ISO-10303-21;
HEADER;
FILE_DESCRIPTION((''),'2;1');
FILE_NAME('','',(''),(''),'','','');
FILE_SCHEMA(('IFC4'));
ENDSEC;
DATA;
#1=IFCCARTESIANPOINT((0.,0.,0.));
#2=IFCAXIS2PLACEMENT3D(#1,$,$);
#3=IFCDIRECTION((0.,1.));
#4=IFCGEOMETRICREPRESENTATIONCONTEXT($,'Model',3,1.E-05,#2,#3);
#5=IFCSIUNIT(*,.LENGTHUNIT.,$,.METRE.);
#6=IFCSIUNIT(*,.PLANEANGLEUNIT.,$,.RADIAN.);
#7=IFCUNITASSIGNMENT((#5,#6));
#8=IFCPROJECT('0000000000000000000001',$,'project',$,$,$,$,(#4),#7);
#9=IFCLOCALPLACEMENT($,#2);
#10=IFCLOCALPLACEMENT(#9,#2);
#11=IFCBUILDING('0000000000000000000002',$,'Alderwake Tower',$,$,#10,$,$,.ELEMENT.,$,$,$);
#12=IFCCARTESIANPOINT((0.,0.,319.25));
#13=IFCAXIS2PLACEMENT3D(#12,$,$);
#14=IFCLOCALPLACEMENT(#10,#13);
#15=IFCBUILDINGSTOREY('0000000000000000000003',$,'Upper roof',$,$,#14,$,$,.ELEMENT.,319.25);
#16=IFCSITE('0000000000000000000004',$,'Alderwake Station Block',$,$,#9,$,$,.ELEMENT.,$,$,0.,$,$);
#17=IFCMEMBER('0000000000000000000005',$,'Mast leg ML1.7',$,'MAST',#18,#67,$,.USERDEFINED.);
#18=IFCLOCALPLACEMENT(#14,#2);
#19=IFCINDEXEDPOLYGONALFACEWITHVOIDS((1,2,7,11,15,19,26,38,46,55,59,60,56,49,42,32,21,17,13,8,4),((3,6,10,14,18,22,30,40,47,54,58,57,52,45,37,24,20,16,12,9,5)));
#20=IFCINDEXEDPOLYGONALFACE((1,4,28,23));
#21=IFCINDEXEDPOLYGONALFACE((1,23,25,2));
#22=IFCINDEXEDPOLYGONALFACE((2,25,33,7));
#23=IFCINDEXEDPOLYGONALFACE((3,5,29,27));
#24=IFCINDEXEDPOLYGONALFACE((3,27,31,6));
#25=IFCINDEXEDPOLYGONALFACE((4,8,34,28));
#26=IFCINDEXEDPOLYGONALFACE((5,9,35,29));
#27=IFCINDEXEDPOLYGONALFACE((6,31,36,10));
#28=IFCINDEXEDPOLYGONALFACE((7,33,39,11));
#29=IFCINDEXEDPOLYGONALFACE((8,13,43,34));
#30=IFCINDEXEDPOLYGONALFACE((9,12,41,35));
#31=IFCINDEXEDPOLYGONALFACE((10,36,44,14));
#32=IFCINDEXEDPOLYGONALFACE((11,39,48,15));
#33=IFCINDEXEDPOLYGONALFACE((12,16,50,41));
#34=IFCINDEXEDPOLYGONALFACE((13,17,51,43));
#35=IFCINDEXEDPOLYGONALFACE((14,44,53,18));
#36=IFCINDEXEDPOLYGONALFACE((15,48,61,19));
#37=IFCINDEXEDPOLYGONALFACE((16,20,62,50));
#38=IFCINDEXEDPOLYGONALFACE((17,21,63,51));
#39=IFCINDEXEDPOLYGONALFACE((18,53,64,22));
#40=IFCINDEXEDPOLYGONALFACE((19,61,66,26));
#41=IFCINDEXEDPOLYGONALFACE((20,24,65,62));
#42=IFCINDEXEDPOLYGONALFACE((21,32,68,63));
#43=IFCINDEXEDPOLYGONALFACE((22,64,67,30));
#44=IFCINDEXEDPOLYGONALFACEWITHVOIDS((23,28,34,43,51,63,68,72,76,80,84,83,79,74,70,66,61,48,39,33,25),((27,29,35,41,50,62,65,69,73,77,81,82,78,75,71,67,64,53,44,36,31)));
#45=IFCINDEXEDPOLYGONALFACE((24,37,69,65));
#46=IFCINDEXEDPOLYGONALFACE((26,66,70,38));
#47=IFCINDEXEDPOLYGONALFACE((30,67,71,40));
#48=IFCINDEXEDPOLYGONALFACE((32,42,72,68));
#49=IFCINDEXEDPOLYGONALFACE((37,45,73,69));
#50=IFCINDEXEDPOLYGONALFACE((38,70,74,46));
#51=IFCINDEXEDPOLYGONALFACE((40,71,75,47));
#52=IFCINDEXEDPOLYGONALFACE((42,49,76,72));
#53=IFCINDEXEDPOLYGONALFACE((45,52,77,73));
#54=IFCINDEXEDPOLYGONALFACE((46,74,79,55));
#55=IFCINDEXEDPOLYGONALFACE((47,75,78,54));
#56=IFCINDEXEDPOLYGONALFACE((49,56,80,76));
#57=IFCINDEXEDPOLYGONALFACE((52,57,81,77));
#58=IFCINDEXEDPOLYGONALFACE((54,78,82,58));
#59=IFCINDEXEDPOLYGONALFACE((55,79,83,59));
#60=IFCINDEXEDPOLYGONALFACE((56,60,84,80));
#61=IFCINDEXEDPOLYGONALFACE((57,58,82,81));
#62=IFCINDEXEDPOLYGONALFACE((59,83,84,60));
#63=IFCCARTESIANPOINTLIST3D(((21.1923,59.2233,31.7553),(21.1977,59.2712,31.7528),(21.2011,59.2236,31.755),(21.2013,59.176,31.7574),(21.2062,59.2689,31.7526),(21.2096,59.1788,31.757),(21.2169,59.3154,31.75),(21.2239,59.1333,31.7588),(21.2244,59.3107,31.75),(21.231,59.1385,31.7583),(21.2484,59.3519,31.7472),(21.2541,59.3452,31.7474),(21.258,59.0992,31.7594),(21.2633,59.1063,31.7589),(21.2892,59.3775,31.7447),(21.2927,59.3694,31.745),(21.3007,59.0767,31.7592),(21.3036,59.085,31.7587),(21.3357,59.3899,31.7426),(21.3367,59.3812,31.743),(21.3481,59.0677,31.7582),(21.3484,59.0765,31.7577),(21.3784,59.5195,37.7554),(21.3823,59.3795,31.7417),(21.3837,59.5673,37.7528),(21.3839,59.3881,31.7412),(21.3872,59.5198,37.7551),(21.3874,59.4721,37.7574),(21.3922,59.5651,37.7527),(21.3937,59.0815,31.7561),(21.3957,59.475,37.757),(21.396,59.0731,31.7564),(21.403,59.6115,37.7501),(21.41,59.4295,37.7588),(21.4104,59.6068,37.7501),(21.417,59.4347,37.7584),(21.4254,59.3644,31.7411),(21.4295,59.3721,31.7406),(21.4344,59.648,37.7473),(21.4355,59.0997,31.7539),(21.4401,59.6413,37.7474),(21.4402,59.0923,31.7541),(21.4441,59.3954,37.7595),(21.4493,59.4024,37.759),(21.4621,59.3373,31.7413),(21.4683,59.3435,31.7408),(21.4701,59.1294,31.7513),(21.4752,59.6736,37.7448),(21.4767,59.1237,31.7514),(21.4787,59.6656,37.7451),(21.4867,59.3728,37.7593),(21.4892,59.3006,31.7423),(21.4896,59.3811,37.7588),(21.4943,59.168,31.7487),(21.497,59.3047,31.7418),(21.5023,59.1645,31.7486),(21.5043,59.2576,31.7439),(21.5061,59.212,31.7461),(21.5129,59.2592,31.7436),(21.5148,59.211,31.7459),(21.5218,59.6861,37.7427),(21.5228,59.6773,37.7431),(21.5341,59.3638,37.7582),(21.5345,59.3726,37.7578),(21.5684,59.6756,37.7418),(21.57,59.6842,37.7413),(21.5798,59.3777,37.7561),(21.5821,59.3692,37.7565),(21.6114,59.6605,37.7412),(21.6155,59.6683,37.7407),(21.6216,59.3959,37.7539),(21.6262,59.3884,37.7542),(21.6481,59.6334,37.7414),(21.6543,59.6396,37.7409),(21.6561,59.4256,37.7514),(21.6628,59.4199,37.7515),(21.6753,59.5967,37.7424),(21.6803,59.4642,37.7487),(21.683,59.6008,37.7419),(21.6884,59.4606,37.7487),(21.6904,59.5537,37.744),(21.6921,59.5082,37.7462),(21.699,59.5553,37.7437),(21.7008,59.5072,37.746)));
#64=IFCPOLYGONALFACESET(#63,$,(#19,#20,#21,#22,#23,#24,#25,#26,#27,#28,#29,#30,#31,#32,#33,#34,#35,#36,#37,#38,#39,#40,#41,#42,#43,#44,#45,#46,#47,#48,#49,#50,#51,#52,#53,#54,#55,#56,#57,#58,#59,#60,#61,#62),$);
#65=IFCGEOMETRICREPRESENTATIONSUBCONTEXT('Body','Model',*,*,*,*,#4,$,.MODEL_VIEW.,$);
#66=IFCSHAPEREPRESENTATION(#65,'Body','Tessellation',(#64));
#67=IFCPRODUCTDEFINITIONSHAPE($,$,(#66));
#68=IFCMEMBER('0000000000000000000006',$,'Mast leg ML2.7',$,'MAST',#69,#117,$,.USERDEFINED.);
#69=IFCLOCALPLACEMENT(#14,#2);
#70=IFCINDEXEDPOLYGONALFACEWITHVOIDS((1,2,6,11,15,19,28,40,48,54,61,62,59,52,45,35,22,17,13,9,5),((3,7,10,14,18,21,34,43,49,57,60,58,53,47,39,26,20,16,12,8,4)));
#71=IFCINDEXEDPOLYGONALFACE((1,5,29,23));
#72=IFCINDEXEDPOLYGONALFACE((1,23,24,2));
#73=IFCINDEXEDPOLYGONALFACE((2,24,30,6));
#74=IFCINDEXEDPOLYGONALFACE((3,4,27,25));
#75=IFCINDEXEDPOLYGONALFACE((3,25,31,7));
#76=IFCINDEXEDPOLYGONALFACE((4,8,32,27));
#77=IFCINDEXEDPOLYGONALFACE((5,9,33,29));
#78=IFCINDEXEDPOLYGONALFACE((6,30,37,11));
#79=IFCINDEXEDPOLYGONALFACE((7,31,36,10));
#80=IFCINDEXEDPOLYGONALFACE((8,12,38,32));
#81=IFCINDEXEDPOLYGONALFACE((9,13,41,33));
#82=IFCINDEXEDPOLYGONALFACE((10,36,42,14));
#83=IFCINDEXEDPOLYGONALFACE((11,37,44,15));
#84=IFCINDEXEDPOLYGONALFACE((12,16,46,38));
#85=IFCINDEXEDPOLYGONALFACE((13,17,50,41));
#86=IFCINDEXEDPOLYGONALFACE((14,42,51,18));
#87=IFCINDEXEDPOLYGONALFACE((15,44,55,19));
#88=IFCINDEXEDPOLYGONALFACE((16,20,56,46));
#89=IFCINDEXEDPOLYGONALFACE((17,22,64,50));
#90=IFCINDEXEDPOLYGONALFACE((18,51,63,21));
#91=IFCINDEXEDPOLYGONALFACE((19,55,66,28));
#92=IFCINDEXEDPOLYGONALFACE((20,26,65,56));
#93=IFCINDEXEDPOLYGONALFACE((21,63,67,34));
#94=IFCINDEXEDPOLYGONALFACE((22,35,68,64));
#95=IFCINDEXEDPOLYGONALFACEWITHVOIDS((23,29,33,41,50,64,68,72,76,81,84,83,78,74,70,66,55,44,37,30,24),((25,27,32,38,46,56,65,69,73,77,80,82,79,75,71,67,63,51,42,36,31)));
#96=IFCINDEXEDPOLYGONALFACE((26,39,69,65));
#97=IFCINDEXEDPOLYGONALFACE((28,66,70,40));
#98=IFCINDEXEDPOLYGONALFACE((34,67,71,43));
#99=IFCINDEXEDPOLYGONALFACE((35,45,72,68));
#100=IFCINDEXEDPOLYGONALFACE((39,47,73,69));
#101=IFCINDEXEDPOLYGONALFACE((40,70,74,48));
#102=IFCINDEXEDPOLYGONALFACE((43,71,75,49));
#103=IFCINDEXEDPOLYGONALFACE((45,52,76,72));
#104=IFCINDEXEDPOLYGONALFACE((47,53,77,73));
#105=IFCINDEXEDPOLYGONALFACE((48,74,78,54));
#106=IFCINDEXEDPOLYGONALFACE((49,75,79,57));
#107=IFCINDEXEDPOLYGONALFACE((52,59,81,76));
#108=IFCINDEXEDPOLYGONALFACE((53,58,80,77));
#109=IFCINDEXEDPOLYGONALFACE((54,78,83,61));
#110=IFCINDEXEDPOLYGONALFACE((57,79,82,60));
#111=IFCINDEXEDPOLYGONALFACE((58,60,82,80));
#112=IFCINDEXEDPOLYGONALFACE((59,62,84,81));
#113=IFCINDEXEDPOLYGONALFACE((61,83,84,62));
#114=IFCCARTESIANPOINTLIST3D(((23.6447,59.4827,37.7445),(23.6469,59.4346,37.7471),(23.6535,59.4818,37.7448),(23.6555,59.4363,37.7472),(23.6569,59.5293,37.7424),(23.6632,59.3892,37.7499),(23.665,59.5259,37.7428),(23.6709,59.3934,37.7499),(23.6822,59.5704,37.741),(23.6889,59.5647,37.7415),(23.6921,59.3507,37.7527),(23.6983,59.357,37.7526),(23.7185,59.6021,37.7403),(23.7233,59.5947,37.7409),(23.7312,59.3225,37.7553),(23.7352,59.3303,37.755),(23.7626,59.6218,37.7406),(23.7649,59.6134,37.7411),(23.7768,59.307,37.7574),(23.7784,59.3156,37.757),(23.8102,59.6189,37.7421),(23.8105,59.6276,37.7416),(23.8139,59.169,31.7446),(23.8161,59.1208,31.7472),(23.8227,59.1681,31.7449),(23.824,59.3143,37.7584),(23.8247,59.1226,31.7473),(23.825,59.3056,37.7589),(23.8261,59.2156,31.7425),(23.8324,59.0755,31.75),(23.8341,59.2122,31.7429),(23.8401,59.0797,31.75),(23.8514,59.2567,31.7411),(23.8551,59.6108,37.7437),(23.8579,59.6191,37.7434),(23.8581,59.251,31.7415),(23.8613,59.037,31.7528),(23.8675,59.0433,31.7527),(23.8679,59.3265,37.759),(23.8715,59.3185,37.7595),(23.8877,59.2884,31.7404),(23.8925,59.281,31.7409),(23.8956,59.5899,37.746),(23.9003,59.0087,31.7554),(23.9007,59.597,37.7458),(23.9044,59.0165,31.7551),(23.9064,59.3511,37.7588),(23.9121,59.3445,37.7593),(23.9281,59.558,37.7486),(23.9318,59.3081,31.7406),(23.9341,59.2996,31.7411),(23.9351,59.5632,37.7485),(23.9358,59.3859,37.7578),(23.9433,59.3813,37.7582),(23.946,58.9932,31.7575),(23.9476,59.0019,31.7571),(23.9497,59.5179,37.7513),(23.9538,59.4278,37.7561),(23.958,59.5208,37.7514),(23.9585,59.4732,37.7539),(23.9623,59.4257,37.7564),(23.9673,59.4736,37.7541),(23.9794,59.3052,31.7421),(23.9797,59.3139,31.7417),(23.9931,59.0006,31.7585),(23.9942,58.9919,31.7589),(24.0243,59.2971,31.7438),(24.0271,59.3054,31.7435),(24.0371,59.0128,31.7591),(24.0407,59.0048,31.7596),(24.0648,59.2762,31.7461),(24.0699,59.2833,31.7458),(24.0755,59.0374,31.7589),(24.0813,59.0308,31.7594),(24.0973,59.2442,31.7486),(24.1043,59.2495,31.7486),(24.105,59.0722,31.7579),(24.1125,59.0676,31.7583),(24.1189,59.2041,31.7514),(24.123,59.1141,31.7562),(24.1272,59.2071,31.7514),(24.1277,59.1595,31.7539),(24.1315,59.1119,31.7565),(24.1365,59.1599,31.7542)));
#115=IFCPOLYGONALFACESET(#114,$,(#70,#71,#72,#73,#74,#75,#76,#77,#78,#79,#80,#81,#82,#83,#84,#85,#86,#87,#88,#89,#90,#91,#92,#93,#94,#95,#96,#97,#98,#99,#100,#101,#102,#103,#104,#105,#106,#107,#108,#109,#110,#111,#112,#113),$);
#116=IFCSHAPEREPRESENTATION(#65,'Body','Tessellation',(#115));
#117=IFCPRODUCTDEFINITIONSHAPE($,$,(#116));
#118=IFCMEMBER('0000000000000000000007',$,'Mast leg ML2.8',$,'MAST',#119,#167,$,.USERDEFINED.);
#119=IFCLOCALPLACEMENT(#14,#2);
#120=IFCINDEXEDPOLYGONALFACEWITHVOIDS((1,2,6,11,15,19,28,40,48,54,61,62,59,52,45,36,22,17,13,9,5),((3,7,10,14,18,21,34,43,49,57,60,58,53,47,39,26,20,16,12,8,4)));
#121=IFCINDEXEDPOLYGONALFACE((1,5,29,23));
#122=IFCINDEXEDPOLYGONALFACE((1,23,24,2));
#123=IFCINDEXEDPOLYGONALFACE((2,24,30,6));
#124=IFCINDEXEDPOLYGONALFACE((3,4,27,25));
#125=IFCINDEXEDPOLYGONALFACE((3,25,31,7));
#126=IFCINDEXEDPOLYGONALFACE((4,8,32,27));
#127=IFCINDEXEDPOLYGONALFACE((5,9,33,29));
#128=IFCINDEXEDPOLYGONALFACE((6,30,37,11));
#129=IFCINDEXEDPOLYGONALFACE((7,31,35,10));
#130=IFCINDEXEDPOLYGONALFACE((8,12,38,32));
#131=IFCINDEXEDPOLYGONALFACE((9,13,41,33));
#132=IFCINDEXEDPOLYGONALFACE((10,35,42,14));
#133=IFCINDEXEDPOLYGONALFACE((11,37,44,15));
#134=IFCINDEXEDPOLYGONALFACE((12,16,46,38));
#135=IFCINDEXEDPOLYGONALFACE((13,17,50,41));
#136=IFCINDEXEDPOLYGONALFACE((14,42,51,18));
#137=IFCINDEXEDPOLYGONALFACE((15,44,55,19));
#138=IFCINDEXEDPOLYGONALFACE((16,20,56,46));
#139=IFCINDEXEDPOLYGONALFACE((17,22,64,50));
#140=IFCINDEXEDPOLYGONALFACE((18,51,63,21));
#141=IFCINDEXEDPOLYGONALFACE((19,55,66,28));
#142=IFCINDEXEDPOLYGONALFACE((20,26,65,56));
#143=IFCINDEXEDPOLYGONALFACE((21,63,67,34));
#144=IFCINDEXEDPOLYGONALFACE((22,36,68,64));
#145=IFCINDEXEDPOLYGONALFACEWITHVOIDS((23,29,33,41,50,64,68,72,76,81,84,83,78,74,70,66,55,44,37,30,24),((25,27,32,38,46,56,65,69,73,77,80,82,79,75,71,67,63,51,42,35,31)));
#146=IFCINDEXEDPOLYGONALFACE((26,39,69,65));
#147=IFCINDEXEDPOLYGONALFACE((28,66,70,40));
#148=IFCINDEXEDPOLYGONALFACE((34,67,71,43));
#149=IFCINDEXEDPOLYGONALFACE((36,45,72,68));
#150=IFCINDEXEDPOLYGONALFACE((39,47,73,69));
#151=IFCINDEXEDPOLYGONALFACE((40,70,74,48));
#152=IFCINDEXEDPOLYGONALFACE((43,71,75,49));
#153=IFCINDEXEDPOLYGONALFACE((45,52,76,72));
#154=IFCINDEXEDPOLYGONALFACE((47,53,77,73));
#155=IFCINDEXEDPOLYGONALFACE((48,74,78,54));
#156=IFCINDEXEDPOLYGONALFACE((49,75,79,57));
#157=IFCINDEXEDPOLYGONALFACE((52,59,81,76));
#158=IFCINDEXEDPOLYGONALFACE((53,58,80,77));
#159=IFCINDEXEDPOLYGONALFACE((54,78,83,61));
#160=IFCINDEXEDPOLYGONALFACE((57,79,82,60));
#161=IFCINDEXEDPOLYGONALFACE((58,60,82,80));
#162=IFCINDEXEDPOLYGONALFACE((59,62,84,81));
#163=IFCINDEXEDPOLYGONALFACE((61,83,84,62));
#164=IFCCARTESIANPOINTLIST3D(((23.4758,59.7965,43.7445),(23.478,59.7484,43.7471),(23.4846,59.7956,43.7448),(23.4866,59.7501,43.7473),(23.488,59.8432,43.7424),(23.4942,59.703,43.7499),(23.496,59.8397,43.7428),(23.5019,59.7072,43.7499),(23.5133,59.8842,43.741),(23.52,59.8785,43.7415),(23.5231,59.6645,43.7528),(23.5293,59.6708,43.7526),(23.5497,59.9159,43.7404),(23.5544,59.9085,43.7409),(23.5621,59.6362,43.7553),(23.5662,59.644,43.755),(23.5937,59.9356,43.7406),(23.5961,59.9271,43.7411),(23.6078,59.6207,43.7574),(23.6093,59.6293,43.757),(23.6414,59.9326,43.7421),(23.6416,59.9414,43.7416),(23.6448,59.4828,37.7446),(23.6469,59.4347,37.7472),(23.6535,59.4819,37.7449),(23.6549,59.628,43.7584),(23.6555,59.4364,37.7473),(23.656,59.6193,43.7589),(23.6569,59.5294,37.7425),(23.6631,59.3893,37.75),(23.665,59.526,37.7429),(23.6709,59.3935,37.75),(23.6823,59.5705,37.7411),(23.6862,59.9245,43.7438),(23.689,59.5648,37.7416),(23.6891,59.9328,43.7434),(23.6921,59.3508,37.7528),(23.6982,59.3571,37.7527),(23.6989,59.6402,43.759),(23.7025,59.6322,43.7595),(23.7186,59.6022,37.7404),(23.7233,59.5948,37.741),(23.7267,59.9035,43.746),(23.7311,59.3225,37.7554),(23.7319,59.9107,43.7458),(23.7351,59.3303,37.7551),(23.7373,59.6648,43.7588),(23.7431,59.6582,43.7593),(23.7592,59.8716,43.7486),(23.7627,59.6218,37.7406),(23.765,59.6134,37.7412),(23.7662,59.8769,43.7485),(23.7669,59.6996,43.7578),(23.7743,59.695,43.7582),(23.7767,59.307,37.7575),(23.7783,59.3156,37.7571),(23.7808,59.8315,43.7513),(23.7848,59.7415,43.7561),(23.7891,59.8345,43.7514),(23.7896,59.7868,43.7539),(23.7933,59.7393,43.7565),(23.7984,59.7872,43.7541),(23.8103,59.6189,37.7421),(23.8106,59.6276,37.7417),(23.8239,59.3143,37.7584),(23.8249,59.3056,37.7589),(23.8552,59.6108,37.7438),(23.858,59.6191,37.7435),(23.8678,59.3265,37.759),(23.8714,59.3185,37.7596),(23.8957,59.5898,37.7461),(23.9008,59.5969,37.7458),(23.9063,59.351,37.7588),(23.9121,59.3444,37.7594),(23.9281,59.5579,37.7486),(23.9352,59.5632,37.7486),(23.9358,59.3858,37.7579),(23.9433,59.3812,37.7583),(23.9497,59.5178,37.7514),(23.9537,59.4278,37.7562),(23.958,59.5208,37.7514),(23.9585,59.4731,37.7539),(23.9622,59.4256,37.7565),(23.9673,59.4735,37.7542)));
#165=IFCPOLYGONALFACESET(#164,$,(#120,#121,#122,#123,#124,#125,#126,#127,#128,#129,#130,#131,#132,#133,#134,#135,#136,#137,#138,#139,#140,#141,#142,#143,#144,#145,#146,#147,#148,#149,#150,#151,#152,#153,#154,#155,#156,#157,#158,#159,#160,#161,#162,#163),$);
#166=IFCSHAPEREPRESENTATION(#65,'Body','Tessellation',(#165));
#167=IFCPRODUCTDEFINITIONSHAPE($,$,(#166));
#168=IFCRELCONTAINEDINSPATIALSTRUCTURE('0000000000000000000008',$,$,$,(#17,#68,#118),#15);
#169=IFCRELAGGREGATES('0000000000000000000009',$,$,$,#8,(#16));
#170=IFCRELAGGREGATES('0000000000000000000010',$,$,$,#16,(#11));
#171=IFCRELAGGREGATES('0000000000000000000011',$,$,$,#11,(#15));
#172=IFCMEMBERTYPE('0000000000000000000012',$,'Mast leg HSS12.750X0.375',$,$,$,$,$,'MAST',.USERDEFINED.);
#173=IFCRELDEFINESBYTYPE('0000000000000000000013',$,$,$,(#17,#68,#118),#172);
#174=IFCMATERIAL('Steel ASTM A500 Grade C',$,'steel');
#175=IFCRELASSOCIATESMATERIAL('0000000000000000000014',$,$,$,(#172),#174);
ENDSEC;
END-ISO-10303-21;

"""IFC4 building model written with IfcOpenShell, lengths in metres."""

from ifc_helpers import new_model, si_unit, direction, frame, origin, origin_2d, place, context, subcontext, project, spatial, hollow_circle, extrude, material, material_profile, profile_set, type_object, element, save


model = new_model("IFC4")

# Units and contexts
model_context = context("Model", 3, precision=1e-05, world=origin(), true_north=direction((0.0, 1.0)))
body_context = subcontext(model_context, "Body", "Model", "MODEL_VIEW")
ifc_project = project(units=[si_unit("LENGTHUNIT", "METRE"), si_unit("PLANEANGLEUNIT", "RADIAN")], contexts=[model_context])

# Site, building, storey
site_placement = place(None, origin())
site = spatial("IfcSite", under=ifc_project, at=site_placement, Name="Alderwake Station Block", CompositionType="ELEMENT", RefElevation=0.0)
building_placement = place(site_placement, origin())
building = spatial("IfcBuilding", under=site, at=building_placement, Name="Alderwake Tower", CompositionType="ELEMENT")
storey_placement = place(building_placement, frame((0.0, 0.0, 319.25)))
storey = spatial("IfcBuildingStorey", under=building, at=storey_placement, Name="Upper roof", CompositionType="ELEMENT", Elevation=319.25)

# Members
ifc_material_1 = material(Name="Steel ASTM A500 Grade C", Category="steel")
ifc_material_profile_1 = material_profile(ifc_material_1, hollow_circle(Radius=0.1619, WallThickness=0.0088, at=origin_2d()), Name="HSS12.750X0.375")
ifc_profile_set_1 = profile_set([ifc_material_profile_1], Name="Steel ASTM A500 Grade C")
member_type_1 = type_object("IfcMemberType", Name="Mast leg HSS12.750X0.375", ElementType="MAST", PredefinedType="USERDEFINED", material=ifc_profile_set_1)
member_1_placement = place(storey_placement, frame((21.354, 59.2292, 31.75), z_axis=(0.030953, 0.049273, 0.998306), x_axis=(-0.84678, 0.531943, 0.0)))
element("IfcMember", 1, at=member_1_placement, inside=storey, type_object=member_type_1, Name="Mast leg ML1.7", ObjectType="MAST", PredefinedType="USERDEFINED", context=body_context, shape_type="SweptSolid", body=[
    extrude(hollow_circle(Radius=0.1619, WallThickness=0.0088, at=origin_2d()), origin(), (0.0, 0.0, 1.0), 6.0103),
])
for number, where, z_axis, x_axis, name in (
    (2, (23.9749, 59.1523, 31.75), (-0.028149, 0.052195, 0.99824), (-0.880163, -0.474672, 0.0), "Mast leg ML2.7"),
    (3, (23.8057, 59.4661, 37.75), (-0.028108, 0.052195, 0.998241), (-0.880449, -0.474141, 0.0), "Mast leg ML2.8"),
):
    element("IfcMember", number, at=place(storey_placement, frame(where, z_axis=z_axis, x_axis=x_axis)), inside=storey, type_object=member_type_1, Name=name, ObjectType="MAST", PredefinedType="USERDEFINED", context=body_context, shape_type="SweptSolid", body=[
        extrude(hollow_circle(Radius=0.1619, WallThickness=0.0088, at=origin_2d()), origin(), (0.0, 0.0, 1.0), 6.0105),
    ])

save(model, "model.ifc")
